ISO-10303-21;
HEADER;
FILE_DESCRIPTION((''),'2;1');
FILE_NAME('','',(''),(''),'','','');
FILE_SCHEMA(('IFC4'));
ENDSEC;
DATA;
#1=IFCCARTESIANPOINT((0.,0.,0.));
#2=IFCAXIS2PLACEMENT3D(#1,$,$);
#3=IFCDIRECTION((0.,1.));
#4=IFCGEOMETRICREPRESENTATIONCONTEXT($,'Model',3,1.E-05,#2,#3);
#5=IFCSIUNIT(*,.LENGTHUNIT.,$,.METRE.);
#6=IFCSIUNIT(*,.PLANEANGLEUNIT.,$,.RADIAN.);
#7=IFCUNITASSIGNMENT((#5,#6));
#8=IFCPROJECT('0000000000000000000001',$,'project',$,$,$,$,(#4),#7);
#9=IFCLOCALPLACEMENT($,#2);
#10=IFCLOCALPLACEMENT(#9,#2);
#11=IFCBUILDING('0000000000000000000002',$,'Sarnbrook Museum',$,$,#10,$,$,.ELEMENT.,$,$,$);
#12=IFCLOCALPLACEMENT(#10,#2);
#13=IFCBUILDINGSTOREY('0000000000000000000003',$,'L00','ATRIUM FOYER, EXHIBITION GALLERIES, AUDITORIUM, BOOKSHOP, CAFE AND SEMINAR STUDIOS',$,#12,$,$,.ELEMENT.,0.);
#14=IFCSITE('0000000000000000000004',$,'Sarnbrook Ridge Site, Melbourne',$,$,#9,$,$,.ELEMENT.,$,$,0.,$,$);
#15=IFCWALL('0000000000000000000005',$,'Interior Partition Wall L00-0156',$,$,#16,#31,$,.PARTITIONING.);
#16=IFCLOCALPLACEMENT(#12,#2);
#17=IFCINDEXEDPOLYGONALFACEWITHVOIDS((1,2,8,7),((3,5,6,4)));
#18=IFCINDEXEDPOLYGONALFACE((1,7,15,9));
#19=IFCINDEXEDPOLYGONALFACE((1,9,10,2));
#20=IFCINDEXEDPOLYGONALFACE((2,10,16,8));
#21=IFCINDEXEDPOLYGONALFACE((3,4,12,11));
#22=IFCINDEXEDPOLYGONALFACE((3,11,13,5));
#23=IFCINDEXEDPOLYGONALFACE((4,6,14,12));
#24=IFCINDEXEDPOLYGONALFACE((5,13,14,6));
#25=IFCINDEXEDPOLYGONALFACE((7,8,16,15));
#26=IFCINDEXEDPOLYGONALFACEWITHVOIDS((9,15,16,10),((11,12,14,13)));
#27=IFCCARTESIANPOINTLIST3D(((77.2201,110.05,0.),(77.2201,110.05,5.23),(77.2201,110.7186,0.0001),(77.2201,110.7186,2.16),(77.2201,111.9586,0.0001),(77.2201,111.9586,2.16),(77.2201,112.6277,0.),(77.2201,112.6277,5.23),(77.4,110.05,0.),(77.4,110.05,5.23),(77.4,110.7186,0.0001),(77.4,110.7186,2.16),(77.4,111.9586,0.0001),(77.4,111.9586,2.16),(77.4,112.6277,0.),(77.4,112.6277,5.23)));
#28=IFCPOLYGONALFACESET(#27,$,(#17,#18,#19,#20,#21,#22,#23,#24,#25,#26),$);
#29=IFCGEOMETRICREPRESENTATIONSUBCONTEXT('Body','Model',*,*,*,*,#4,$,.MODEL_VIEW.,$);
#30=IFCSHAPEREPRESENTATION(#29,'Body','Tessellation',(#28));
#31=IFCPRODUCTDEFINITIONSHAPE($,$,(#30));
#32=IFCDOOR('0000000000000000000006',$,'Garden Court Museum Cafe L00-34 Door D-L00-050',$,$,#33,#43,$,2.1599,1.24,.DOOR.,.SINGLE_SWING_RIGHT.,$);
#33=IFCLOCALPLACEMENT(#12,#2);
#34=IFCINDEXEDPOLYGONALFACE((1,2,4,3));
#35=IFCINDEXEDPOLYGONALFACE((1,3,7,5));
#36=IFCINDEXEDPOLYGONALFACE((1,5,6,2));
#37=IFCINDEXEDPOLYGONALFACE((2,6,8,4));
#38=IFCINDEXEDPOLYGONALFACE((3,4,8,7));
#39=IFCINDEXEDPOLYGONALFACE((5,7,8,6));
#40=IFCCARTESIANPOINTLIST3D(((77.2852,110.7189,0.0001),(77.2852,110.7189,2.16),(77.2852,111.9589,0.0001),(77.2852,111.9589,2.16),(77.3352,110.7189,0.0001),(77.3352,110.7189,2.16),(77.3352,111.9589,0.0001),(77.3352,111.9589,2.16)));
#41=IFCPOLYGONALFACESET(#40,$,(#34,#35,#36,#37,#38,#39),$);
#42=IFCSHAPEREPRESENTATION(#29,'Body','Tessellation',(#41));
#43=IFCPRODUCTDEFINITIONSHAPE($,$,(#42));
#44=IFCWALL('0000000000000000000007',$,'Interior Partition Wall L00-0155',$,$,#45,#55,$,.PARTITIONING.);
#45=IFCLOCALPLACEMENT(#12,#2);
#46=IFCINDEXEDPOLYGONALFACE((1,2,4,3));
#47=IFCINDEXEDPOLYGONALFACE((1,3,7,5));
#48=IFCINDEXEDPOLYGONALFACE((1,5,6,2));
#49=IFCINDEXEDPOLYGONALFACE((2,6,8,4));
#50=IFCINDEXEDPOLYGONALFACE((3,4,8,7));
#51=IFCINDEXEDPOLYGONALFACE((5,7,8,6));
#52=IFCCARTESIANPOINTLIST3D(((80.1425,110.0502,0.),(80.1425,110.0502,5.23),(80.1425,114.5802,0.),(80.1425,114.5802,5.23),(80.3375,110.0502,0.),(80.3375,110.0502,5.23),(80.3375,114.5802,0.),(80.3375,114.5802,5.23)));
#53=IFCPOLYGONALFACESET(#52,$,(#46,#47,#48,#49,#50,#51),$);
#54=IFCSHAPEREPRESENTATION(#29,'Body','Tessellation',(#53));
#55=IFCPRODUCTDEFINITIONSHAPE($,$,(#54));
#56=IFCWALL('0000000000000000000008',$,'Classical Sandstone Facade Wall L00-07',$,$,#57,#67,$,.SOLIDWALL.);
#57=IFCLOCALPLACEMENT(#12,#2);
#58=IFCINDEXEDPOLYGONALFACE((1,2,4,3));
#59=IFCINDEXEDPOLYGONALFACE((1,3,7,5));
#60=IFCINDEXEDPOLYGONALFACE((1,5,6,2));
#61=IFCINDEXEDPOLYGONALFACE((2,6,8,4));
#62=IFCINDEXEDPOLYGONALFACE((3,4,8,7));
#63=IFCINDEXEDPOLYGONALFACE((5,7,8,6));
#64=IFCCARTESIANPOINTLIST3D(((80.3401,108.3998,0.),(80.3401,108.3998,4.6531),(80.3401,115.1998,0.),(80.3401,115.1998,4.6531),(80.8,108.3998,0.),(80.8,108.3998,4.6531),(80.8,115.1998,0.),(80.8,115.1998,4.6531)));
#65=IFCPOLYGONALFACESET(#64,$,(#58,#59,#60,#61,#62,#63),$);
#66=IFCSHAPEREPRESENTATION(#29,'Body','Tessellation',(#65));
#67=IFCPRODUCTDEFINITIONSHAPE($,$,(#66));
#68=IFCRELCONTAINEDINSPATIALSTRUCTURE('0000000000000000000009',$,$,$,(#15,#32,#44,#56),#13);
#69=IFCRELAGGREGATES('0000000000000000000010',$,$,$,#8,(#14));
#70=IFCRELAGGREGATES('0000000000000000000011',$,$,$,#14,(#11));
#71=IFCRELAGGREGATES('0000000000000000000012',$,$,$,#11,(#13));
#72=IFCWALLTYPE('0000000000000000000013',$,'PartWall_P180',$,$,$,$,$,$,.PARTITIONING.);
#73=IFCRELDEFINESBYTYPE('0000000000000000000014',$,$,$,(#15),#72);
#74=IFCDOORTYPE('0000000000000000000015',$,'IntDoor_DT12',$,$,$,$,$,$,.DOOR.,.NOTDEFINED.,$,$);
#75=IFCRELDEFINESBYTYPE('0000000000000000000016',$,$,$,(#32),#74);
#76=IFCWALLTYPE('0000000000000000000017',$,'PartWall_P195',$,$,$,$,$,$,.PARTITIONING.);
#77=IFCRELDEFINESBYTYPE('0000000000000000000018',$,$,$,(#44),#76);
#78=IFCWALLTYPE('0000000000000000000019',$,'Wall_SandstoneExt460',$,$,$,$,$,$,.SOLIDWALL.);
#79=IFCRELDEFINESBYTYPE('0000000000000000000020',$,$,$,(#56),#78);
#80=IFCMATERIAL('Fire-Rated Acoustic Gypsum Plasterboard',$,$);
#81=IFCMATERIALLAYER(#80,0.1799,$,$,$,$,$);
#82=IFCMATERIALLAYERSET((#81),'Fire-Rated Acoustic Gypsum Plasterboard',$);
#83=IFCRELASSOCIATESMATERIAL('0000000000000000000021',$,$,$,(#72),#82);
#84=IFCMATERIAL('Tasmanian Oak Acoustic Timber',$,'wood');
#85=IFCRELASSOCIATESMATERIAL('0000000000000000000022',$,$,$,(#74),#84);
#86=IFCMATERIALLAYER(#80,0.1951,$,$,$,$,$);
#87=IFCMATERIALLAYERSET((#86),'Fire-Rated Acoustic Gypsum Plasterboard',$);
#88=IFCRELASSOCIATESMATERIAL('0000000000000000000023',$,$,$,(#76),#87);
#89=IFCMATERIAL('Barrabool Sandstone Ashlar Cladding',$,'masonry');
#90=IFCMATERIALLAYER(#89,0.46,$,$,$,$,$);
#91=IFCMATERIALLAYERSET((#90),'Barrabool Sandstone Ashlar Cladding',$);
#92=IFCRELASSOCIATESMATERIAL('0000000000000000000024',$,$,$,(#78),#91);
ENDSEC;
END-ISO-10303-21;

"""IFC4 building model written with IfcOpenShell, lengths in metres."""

from ifc_helpers import new_model, si_unit, direction, frame, frame_2d, origin, place, context, subcontext, project, spatial, rectangle, extrude, material, layer, layer_set, type_object, element, fill, save


model = new_model("IFC4")

# Units and contexts
model_context = context("Model", 3, precision=1e-05, world=origin(), true_north=direction((0.0, 1.0)))
body_context = subcontext(model_context, "Body", "Model", "MODEL_VIEW")
ifc_project = project(units=[si_unit("LENGTHUNIT", "METRE"), si_unit("PLANEANGLEUNIT", "RADIAN")], contexts=[model_context])

# Site, building, storey
site_placement = place(None, origin())
site = spatial("IfcSite", under=ifc_project, at=site_placement, Name="Sarnbrook Ridge Site, Melbourne", CompositionType="ELEMENT", RefElevation=0.0)
building_placement = place(site_placement, origin())
building = spatial("IfcBuilding", under=site, at=building_placement, Name="Sarnbrook Museum", CompositionType="ELEMENT")
storey_placement = place(building_placement, origin())
storey = spatial("IfcBuildingStorey", under=building, at=storey_placement, Name="L00", Description="ATRIUM FOYER, EXHIBITION GALLERIES, AUDITORIUM, BOOKSHOP, CAFE AND SEMINAR STUDIOS", CompositionType="ELEMENT", Elevation=0.0)

# Wall, opening, door
ifc_material_1 = material(Name="Fire-Rated Acoustic Gypsum Plasterboard")
ifc_layer_1 = layer(ifc_material_1, 0.1799)
ifc_layer_set_1 = layer_set([ifc_layer_1], Name="Fire-Rated Acoustic Gypsum Plasterboard")
wall_type_1 = type_object("IfcWallType", Name="PartWall_P180", PredefinedType="PARTITIONING", material=ifc_layer_set_1)
wall_1_placement = place(storey_placement, frame((77.3101, 112.6277, 0.0), z_axis=(0.0, 0.0, 1.0), x_axis=(0.0, -1.0, 0.0)))
wall_1 = element("IfcWall", 1, at=wall_1_placement, inside=storey, type_object=wall_type_1, Name="Interior Partition Wall L00-0156", PredefinedType="PARTITIONING", context=body_context, shape_type="SweptSolid", body=[
    extrude(rectangle(XDim=2.5776, YDim=0.1799, at=frame_2d((1.2888, 0.0))), origin(), (0.0, 0.0, 1.0), 5.23),
])
opening_1_placement = place(wall_1_placement, frame((0.6689, 0.0, 0.0)))
opening_1 = element("IfcOpeningElement", 2, at=opening_1_placement, cuts=wall_1, PredefinedType="OPENING", context=body_context, shape_type="SweptSolid", body=[
    extrude(rectangle(XDim=1.24, YDim=2.1599, at=frame_2d((0.6201, 1.0801))), frame((0.0, 0.1001, 0.0), z_axis=(0.0, -1.0, 0.0), x_axis=(1.0, 0.0, 0.0)), (0.0, 0.0, 1.0), 0.2),
])
ifc_material_2 = material(Name="Tasmanian Oak Acoustic Timber", Category="wood")
door_type_1 = type_object("IfcDoorType", Name="IntDoor_DT12", OperationType="NOTDEFINED", PredefinedType="DOOR", material=ifc_material_2)
door_1_placement = place(opening_1_placement, frame((1.24, 0.0, 0.0), z_axis=(0.0, 0.0, 1.0), x_axis=(-1.0, 0.0, 0.0)))
door_1 = element("IfcDoor", 3, at=door_1_placement, inside=storey, type_object=door_type_1, Name="Garden Court Museum Cafe L00-34 Door D-L00-050", OperationType="SINGLE_SWING_RIGHT", OverallHeight=2.1599, OverallWidth=1.24, PredefinedType="DOOR", context=body_context, shape_type="SweptSolid", body=[
    extrude(rectangle(XDim=1.24, YDim=2.1599, at=frame_2d((0.6201, 1.0801))), frame((0.0, 0.0249, 0.0), z_axis=(0.0, -1.0, 0.0), x_axis=(1.0, 0.0, 0.0)), (0.0, 0.0, 1.0), 0.05),
])
fill(opening_1, door_1)

# Walls
ifc_layer_2 = layer(ifc_material_1, 0.1951)
ifc_layer_set_2 = layer_set([ifc_layer_2], Name="Fire-Rated Acoustic Gypsum Plasterboard")
wall_type_2 = type_object("IfcWallType", Name="PartWall_P195", PredefinedType="PARTITIONING", material=ifc_layer_set_2)
wall_2_placement = place(storey_placement, frame((80.24, 110.05, 0.0), z_axis=(0.0, 0.0, 1.0), x_axis=(0.0, 1.0, 0.0)))
element("IfcWall", 4, at=wall_2_placement, inside=storey, type_object=wall_type_2, Name="Interior Partition Wall L00-0155", PredefinedType="PARTITIONING", context=body_context, shape_type="SweptSolid", body=[
    extrude(rectangle(XDim=4.53, YDim=0.1951, at=frame_2d((2.2651, 0.0))), origin(), (0.0, 0.0, 1.0), 5.23),
])
ifc_material_3 = material(Name="Barrabool Sandstone Ashlar Cladding", Category="masonry")
ifc_layer_3 = layer(ifc_material_3, 0.46)
ifc_layer_set_3 = layer_set([ifc_layer_3], Name="Barrabool Sandstone Ashlar Cladding")
wall_type_3 = type_object("IfcWallType", Name="Wall_SandstoneExt460", PredefinedType="SOLIDWALL", material=ifc_layer_set_3)
wall_3_placement = place(storey_placement, frame((80.5701, 108.3999, 0.0), z_axis=(0.0, 0.0, 1.0), x_axis=(0.0, 1.0, 0.0)))
element("IfcWall", 5, at=wall_3_placement, inside=storey, type_object=wall_type_3, Name="Classical Sandstone Facade Wall L00-07", PredefinedType="SOLIDWALL", context=body_context, shape_type="SweptSolid", body=[
    extrude(rectangle(XDim=6.8, YDim=0.46, at=frame_2d((3.3999, 0.0))), origin(), (0.0, 0.0, 1.0), 4.6531),
])

save(model, "model.ifc")
